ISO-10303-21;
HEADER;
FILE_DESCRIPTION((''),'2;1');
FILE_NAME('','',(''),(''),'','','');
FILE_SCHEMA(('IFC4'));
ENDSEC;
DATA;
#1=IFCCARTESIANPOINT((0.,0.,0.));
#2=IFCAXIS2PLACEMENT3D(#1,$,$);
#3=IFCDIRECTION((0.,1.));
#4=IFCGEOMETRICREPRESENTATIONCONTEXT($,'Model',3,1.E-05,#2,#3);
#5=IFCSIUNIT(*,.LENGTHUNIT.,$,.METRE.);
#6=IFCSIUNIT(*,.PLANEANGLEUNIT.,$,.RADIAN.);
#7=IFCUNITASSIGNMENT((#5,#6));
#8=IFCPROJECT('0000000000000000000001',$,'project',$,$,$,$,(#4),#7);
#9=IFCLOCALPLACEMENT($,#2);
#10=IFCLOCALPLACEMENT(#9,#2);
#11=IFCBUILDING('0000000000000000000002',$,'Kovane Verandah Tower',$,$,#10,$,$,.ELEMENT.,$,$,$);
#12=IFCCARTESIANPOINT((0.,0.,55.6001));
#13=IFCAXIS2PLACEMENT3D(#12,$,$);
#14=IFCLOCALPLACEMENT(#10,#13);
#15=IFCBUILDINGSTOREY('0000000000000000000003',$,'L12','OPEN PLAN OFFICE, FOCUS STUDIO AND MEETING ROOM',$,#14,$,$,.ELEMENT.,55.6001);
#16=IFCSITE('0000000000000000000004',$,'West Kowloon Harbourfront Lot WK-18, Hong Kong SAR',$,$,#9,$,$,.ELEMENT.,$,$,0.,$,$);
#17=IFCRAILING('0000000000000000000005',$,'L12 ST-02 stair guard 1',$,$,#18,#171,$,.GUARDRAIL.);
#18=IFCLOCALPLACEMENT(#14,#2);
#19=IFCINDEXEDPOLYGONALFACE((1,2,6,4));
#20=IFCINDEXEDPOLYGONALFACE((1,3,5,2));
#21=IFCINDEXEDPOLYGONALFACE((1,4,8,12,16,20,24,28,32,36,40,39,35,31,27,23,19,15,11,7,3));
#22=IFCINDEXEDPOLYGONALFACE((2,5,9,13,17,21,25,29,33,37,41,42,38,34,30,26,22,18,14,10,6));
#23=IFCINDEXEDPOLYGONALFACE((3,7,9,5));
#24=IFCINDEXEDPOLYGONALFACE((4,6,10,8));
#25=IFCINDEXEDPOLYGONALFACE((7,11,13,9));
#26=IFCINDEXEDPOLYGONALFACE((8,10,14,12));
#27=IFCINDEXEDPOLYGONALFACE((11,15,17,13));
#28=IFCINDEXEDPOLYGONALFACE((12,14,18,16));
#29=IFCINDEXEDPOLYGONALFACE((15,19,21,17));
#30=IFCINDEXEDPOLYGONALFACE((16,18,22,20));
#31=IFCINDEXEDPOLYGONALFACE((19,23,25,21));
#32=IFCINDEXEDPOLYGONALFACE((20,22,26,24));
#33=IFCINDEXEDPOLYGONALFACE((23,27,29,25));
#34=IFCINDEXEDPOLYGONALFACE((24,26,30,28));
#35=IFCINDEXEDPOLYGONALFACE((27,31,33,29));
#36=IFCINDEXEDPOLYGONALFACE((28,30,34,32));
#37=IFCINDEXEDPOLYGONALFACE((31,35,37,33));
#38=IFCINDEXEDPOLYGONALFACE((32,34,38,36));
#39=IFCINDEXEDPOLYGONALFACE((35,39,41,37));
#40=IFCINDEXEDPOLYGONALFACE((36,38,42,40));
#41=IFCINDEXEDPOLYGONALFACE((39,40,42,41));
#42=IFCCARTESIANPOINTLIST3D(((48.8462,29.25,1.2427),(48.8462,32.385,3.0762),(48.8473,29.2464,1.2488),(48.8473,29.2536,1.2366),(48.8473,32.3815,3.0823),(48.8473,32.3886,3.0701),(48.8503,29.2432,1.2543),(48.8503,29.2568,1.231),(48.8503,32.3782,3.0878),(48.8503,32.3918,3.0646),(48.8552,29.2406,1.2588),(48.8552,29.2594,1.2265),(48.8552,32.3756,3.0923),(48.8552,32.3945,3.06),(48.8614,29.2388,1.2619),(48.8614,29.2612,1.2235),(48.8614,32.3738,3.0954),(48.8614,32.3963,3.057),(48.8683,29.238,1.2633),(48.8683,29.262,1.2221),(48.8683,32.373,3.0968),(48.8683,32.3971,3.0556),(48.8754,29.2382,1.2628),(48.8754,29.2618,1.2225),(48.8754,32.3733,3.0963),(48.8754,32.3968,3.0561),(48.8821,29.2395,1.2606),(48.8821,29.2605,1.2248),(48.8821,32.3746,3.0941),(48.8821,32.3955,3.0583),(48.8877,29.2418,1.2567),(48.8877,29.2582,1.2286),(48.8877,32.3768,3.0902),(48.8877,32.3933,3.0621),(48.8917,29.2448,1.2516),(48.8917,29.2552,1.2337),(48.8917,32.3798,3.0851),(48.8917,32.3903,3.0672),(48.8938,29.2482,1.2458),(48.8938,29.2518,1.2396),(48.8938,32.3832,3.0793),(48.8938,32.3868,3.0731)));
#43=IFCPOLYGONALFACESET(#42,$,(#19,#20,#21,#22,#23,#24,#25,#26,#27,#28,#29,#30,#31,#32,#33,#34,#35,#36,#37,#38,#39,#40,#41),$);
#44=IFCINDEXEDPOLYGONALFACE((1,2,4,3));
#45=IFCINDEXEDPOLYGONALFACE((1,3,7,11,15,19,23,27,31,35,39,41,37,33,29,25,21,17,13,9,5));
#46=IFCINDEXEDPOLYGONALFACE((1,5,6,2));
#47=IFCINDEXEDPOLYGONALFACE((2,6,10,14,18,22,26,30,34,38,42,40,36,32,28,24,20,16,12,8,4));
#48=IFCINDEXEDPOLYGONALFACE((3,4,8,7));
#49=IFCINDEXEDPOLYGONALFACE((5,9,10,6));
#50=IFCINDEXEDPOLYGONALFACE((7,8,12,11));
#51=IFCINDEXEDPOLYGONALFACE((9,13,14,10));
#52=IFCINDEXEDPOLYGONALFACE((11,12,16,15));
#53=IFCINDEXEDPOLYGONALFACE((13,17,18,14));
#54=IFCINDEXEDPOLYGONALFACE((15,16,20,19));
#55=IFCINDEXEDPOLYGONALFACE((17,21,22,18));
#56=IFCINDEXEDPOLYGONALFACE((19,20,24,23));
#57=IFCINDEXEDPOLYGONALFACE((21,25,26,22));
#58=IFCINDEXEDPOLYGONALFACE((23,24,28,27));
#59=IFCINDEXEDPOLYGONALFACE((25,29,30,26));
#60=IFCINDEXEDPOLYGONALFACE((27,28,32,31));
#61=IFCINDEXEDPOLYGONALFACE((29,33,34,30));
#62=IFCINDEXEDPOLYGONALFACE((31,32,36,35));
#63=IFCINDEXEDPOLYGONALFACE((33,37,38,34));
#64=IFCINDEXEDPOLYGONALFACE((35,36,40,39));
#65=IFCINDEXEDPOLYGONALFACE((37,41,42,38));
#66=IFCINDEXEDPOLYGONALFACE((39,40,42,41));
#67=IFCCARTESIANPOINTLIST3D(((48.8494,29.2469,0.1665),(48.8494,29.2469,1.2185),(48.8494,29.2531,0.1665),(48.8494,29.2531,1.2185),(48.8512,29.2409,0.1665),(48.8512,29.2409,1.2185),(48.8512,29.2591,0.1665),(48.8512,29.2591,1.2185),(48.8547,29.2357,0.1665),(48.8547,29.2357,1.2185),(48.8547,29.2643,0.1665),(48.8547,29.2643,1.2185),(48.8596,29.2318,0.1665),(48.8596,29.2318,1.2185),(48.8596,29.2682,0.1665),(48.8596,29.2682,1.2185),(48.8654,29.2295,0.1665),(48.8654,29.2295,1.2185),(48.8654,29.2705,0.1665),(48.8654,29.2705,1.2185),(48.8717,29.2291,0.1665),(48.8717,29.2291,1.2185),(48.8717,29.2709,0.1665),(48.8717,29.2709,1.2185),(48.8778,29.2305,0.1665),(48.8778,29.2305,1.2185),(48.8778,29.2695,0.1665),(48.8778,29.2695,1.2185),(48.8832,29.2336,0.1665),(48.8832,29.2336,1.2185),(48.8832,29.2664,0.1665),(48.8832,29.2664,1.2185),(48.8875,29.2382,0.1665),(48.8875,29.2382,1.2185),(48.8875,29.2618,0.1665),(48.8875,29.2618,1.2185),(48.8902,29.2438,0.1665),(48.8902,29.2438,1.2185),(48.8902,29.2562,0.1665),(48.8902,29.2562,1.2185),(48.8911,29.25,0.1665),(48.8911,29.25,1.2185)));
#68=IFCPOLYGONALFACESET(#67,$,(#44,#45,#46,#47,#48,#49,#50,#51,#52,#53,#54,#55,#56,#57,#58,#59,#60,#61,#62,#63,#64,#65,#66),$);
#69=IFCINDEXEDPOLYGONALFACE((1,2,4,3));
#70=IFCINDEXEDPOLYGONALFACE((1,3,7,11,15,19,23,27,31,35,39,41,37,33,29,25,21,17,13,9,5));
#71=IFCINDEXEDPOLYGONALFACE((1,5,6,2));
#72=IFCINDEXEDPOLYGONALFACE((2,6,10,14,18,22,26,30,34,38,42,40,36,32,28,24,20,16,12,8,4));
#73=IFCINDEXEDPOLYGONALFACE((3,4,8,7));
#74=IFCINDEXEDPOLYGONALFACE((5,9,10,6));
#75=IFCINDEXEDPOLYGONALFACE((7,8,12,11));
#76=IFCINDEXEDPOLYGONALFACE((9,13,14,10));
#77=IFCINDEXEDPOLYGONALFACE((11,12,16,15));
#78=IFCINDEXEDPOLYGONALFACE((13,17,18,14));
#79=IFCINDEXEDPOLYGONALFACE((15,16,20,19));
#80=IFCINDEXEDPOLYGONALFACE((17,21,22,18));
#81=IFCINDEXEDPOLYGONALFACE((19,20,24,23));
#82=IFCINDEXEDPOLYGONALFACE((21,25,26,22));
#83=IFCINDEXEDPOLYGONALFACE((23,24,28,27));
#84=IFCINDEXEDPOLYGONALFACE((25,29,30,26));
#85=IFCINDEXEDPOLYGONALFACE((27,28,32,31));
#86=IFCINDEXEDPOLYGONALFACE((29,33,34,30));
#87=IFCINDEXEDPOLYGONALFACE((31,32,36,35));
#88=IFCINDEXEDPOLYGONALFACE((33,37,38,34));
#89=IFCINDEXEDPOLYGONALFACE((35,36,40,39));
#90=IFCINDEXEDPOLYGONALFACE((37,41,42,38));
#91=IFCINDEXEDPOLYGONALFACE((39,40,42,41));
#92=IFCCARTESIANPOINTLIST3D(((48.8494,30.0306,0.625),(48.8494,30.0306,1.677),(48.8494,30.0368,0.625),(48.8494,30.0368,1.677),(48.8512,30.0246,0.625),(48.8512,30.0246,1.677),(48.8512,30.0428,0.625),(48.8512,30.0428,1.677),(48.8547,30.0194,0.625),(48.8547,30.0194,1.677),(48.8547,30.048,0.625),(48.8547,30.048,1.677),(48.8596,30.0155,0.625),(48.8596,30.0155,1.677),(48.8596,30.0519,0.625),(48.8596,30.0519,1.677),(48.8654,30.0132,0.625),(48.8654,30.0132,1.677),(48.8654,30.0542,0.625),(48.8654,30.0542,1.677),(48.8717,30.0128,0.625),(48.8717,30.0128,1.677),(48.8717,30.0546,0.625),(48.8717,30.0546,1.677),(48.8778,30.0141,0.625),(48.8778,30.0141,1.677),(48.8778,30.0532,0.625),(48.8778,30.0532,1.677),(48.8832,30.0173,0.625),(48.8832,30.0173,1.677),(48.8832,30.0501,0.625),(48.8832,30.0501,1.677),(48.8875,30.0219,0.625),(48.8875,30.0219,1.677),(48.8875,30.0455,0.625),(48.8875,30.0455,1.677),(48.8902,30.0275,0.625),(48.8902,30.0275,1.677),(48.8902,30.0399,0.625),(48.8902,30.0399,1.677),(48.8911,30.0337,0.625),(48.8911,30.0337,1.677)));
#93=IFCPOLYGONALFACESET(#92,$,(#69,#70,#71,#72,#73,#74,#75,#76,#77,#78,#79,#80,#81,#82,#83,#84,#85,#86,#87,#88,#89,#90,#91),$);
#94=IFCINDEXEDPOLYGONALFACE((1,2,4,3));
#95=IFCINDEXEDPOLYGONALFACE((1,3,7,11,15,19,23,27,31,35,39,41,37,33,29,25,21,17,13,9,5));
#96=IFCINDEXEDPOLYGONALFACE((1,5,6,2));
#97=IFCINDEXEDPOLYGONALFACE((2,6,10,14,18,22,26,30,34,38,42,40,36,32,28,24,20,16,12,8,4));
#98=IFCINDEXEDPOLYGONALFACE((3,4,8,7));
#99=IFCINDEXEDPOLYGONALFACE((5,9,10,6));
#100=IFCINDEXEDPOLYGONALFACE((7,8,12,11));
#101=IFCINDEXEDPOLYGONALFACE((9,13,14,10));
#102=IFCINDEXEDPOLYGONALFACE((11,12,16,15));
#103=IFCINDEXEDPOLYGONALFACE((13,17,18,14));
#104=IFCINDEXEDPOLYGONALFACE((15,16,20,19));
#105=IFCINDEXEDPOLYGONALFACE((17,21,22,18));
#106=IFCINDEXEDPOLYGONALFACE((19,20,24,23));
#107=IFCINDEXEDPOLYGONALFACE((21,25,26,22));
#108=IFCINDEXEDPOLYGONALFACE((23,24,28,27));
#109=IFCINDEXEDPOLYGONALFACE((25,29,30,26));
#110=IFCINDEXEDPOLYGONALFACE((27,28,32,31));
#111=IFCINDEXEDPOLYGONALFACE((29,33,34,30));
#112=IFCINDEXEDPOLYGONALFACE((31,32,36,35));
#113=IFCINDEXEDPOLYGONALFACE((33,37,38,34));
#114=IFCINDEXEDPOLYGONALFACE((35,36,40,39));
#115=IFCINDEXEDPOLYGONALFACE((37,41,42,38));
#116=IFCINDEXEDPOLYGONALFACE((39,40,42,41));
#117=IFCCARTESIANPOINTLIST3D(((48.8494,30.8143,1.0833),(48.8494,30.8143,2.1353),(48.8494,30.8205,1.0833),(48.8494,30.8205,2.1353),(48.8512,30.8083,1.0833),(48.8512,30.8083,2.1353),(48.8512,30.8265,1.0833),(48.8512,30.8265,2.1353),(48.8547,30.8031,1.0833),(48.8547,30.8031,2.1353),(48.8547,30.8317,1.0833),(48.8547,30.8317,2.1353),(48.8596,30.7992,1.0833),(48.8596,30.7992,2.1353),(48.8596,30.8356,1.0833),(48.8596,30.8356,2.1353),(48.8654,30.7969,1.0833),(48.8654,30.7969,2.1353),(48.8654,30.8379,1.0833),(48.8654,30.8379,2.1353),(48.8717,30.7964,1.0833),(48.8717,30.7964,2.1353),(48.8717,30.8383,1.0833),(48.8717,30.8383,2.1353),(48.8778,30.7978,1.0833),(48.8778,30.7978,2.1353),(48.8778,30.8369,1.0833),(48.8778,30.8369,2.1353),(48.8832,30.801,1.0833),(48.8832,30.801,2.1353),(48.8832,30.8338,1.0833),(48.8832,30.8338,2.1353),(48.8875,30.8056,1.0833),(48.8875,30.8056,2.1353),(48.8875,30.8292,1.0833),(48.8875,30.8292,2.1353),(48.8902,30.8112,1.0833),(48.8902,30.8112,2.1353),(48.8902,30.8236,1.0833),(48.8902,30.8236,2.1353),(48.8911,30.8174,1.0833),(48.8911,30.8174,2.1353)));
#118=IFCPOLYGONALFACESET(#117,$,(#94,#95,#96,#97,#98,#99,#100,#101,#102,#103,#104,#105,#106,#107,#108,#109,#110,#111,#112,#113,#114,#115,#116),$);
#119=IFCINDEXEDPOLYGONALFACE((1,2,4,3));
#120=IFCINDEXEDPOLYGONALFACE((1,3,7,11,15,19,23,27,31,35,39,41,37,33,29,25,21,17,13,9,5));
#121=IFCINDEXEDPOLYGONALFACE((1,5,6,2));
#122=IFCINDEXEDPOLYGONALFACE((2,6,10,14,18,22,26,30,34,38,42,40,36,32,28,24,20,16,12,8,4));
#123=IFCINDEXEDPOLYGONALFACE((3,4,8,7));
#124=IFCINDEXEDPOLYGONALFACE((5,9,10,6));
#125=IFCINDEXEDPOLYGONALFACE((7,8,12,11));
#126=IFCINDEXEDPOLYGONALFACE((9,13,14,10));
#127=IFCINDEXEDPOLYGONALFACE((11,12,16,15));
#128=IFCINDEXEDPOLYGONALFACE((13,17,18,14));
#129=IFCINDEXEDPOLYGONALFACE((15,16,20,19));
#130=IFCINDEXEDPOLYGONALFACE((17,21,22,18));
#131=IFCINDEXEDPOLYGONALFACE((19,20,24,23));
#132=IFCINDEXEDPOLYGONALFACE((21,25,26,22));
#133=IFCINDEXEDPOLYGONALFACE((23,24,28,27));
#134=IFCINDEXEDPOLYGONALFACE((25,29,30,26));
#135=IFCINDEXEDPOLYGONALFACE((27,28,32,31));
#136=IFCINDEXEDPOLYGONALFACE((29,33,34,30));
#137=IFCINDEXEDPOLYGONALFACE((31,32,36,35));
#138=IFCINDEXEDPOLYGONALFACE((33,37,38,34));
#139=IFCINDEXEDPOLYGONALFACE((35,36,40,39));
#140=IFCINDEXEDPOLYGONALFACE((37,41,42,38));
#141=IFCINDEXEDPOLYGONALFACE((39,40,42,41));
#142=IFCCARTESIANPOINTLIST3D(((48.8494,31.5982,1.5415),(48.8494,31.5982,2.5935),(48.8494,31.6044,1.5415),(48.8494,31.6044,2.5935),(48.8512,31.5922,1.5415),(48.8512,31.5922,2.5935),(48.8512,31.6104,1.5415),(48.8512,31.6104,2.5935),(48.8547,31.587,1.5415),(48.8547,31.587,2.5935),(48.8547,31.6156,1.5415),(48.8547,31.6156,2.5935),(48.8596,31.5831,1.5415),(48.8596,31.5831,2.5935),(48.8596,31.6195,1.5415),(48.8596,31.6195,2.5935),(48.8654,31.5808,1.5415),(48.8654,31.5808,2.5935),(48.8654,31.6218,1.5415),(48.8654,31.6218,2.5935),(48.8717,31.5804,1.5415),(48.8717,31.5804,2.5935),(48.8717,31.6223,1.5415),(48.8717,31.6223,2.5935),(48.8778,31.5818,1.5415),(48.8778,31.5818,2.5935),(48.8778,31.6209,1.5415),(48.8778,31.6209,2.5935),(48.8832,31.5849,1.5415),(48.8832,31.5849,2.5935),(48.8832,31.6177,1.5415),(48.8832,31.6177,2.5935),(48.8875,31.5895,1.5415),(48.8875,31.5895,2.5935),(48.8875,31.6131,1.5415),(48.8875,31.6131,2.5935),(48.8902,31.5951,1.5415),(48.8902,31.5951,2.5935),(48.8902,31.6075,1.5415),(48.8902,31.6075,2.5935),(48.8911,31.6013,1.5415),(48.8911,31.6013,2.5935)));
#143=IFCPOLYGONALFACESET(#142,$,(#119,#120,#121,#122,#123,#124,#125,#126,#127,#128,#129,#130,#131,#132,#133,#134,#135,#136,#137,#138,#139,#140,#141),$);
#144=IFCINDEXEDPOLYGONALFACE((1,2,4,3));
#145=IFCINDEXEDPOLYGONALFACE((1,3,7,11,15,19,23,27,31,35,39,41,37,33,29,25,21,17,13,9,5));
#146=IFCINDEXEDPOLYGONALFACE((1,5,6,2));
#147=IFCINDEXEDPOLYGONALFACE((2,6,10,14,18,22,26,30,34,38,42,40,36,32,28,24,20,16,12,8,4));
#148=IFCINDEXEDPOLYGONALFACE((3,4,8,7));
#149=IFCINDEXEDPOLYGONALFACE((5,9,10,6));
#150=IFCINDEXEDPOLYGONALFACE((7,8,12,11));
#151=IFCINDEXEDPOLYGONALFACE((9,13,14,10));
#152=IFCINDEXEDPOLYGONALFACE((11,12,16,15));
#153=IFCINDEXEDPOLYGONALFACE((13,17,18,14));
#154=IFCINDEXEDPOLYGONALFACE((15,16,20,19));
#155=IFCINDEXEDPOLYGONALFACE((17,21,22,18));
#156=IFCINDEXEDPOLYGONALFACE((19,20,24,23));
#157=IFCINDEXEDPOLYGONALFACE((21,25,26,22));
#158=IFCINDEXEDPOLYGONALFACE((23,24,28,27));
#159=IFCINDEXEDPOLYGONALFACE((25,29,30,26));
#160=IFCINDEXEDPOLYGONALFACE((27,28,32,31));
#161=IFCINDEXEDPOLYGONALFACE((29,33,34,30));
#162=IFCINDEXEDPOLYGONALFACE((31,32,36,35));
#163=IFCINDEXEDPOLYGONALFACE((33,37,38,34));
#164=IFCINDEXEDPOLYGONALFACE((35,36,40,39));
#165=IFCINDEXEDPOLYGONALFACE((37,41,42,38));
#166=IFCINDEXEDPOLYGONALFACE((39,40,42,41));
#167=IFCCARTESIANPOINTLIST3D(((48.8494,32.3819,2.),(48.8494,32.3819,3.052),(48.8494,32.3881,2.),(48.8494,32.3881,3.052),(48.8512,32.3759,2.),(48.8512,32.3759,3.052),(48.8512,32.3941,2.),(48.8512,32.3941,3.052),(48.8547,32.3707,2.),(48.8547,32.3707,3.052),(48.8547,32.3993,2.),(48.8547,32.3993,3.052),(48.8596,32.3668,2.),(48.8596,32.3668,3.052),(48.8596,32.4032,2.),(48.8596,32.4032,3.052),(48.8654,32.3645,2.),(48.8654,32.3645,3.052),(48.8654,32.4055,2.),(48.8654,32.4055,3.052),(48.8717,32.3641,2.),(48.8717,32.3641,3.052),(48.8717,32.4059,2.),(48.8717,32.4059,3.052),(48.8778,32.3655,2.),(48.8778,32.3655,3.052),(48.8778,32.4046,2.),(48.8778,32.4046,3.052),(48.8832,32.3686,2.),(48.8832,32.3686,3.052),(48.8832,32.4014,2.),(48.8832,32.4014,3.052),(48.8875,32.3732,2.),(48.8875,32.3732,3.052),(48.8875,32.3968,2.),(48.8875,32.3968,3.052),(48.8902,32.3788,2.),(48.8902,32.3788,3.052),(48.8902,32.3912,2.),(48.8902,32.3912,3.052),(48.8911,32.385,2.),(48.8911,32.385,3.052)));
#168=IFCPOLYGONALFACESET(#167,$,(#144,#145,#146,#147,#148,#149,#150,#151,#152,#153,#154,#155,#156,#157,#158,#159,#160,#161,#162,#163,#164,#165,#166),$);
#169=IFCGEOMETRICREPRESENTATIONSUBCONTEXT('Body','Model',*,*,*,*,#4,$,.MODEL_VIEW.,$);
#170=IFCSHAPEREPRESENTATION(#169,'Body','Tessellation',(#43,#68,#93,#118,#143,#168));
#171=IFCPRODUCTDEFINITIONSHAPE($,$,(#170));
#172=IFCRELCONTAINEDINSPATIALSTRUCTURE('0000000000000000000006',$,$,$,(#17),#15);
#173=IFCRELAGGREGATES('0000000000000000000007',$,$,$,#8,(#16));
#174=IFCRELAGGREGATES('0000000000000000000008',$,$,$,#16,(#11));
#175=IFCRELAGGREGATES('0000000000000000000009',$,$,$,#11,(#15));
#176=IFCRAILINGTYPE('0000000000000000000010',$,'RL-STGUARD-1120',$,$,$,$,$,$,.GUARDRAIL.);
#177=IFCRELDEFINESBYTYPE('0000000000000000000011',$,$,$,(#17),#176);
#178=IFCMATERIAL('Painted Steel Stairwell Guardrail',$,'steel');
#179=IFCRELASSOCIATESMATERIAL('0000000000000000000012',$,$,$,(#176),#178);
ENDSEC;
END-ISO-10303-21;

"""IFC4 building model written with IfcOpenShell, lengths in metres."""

from ifc_helpers import new_model, si_unit, direction, frame, origin, origin_2d, place, context, subcontext, project, spatial, circle, extrude, material, type_object, element, save


model = new_model("IFC4")

# Units and contexts
model_context = context("Model", 3, precision=1e-05, world=origin(), true_north=direction((0.0, 1.0)))
body_context = subcontext(model_context, "Body", "Model", "MODEL_VIEW")
ifc_project = project(units=[si_unit("LENGTHUNIT", "METRE"), si_unit("PLANEANGLEUNIT", "RADIAN")], contexts=[model_context])

# Site, building, storey
site_placement = place(None, origin())
site = spatial("IfcSite", under=ifc_project, at=site_placement, Name="West Kowloon Harbourfront Lot WK-18, Hong Kong SAR", CompositionType="ELEMENT", RefElevation=0.0)
building_placement = place(site_placement, origin())
building = spatial("IfcBuilding", under=site, at=building_placement, Name="Kovane Verandah Tower", CompositionType="ELEMENT")
storey_placement = place(building_placement, frame((0.0, 0.0, 55.6001)))
storey = spatial("IfcBuildingStorey", under=building, at=storey_placement, Name="L12", Description="OPEN PLAN OFFICE, FOCUS STUDIO AND MEETING ROOM", CompositionType="ELEMENT", Elevation=55.6001)

# Railing
ifc_material_1 = material(Name="Painted Steel Stairwell Guardrail", Category="steel")
railing_type_1 = type_object("IfcRailingType", Name="RL-STGUARD-1120", PredefinedType="GUARDRAIL", material=ifc_material_1)
railing_1_placement = place(storey_placement, frame((48.8701, 29.25, 0.1665)))
element("IfcRailing", 1, at=railing_1_placement, inside=storey, type_object=railing_type_1, Name="L12 ST-02 stair guard 1", PredefinedType="GUARDRAIL", context=body_context, shape_type="SweptSolid", body=[
    extrude(circle(Radius=0.0239, at=origin_2d()), frame((0.0, 0.0, 1.0762), z_axis=(0.0, 0.86321, 0.504845), x_axis=(-1.0, 0.0, 0.0)), (0.0, 0.0, 1.0), 3.6318),
    extrude(circle(Radius=0.021, at=origin_2d()), origin(), (0.0, 0.0, 1.0), 1.052),
    extrude(circle(Radius=0.021, at=origin_2d()), frame((0.0, 0.7837, 0.4585)), (0.0, 0.0, 1.0), 1.052),
    extrude(circle(Radius=0.021, at=origin_2d()), frame((0.0, 1.5674, 0.9167)), (0.0, 0.0, 1.0), 1.052),
    extrude(circle(Radius=0.021, at=origin_2d()), frame((0.0, 2.3513, 1.375)), (0.0, 0.0, 1.0), 1.052),
    extrude(circle(Radius=0.021, at=origin_2d()), frame((0.0, 3.135, 1.8335)), (0.0, 0.0, 1.0), 1.052),
])

save(model, "model.ifc")
